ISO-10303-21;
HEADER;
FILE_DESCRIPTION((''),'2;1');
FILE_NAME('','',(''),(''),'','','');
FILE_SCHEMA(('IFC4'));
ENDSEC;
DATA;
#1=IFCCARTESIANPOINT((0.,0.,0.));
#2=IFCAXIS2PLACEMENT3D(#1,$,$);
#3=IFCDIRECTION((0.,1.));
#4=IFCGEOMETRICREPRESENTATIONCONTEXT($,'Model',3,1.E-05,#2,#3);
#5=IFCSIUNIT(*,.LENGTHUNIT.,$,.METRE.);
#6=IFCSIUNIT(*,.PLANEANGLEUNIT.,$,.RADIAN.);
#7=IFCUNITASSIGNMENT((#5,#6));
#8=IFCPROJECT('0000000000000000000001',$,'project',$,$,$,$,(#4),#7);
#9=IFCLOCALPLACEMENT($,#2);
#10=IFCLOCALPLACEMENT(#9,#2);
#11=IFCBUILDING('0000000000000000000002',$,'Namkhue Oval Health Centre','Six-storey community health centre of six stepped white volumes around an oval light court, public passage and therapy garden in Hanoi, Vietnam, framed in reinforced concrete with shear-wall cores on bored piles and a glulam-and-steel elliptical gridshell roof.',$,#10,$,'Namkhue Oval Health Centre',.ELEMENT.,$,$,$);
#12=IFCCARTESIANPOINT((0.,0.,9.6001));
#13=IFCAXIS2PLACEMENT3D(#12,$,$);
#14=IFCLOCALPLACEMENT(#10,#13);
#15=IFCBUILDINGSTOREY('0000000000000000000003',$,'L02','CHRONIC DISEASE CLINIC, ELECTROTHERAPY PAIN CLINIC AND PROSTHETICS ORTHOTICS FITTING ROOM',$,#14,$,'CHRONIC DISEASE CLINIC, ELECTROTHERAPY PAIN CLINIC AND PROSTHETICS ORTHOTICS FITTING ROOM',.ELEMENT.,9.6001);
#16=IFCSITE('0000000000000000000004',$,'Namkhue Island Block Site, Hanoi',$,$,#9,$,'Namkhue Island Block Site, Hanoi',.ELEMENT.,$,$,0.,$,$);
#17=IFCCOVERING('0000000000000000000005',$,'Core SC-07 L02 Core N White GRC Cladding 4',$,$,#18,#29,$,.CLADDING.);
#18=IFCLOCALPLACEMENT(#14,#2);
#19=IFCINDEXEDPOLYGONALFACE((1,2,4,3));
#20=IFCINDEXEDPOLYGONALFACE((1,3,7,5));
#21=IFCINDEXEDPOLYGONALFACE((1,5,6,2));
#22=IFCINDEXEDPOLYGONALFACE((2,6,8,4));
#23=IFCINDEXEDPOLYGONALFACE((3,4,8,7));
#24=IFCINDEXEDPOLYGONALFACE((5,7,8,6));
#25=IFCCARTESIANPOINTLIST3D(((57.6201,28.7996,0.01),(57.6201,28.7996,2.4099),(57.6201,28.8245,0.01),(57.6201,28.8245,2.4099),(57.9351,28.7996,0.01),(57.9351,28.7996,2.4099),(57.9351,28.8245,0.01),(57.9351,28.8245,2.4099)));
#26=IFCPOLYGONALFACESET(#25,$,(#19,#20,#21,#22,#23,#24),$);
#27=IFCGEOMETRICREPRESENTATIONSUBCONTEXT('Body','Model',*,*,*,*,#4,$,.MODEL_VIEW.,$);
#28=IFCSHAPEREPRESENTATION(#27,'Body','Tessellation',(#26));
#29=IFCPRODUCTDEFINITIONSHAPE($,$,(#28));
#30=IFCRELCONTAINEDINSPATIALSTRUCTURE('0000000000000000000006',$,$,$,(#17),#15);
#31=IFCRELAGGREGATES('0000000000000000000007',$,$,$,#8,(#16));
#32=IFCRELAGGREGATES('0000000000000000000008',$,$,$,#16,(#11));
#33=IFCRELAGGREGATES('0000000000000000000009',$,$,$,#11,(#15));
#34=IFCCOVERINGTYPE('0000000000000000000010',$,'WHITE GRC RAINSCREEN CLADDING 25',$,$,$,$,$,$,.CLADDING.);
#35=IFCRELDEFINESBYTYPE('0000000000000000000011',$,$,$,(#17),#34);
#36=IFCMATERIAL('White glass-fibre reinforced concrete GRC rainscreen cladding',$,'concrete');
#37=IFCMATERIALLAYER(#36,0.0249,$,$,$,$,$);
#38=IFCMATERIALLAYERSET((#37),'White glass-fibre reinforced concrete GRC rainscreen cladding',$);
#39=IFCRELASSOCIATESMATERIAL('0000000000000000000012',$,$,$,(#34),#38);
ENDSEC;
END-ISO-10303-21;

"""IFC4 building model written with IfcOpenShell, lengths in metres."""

from ifc_helpers import new_model, si_unit, direction, frame, origin, origin_2d, place, context, subcontext, project, spatial, rectangle, extrude, material, layer, layer_set, type_object, element, save


model = new_model("IFC4")

# Units and contexts
model_context = context("Model", 3, precision=1e-05, world=origin(), true_north=direction((0.0, 1.0)))
body_context = subcontext(model_context, "Body", "Model", "MODEL_VIEW")
ifc_project = project(units=[si_unit("LENGTHUNIT", "METRE"), si_unit("PLANEANGLEUNIT", "RADIAN")], contexts=[model_context])

# Site, building, storey
site_placement = place(None, origin())
site = spatial("IfcSite", under=ifc_project, at=site_placement, Name="Namkhue Island Block Site, Hanoi", LongName="Namkhue Island Block Site, Hanoi", CompositionType="ELEMENT", RefElevation=0.0)
building_placement = place(site_placement, origin())
building = spatial("IfcBuilding", under=site, at=building_placement, Name="Namkhue Oval Health Centre", Description="Six-storey community health centre of six stepped white volumes around an oval light court, public passage and therapy garden in Hanoi, Vietnam, framed in reinforced concrete with shear-wall cores on bored piles and a glulam-and-steel elliptical gridshell roof.", LongName="Namkhue Oval Health Centre", CompositionType="ELEMENT")
storey_placement = place(building_placement, frame((0.0, 0.0, 9.6001)))
storey = spatial("IfcBuildingStorey", under=building, at=storey_placement, Name="L02", Description="CHRONIC DISEASE CLINIC, ELECTROTHERAPY PAIN CLINIC AND PROSTHETICS ORTHOTICS FITTING ROOM", LongName="CHRONIC DISEASE CLINIC, ELECTROTHERAPY PAIN CLINIC AND PROSTHETICS ORTHOTICS FITTING ROOM", CompositionType="ELEMENT", Elevation=9.6001)

# Covering
ifc_material_1 = material(Name="White glass-fibre reinforced concrete GRC rainscreen cladding", Category="concrete")
ifc_layer_1 = layer(ifc_material_1, 0.0249)
ifc_layer_set_1 = layer_set([ifc_layer_1], Name="White glass-fibre reinforced concrete GRC rainscreen cladding")
covering_type = type_object("IfcCoveringType", Name="WHITE GRC RAINSCREEN CLADDING 25", PredefinedType="CLADDING", material=ifc_layer_set_1)
covering_1_placement = place(storey_placement, frame((57.7776, 28.812, 0.01), z_axis=(0.0, 0.0, 1.0), x_axis=(-1.0, 0.0, 0.0)))
element("IfcCovering", 1, at=covering_1_placement, inside=storey, type_object=covering_type, Name="Core SC-07 L02 Core N White GRC Cladding 4", PredefinedType="CLADDING", context=body_context, shape_type="SweptSolid", body=[
    extrude(rectangle(XDim=0.3149, YDim=0.0249, at=origin_2d()), origin(), (0.0, 0.0, 1.0), 2.3999),
])

save(model, "model.ifc")
